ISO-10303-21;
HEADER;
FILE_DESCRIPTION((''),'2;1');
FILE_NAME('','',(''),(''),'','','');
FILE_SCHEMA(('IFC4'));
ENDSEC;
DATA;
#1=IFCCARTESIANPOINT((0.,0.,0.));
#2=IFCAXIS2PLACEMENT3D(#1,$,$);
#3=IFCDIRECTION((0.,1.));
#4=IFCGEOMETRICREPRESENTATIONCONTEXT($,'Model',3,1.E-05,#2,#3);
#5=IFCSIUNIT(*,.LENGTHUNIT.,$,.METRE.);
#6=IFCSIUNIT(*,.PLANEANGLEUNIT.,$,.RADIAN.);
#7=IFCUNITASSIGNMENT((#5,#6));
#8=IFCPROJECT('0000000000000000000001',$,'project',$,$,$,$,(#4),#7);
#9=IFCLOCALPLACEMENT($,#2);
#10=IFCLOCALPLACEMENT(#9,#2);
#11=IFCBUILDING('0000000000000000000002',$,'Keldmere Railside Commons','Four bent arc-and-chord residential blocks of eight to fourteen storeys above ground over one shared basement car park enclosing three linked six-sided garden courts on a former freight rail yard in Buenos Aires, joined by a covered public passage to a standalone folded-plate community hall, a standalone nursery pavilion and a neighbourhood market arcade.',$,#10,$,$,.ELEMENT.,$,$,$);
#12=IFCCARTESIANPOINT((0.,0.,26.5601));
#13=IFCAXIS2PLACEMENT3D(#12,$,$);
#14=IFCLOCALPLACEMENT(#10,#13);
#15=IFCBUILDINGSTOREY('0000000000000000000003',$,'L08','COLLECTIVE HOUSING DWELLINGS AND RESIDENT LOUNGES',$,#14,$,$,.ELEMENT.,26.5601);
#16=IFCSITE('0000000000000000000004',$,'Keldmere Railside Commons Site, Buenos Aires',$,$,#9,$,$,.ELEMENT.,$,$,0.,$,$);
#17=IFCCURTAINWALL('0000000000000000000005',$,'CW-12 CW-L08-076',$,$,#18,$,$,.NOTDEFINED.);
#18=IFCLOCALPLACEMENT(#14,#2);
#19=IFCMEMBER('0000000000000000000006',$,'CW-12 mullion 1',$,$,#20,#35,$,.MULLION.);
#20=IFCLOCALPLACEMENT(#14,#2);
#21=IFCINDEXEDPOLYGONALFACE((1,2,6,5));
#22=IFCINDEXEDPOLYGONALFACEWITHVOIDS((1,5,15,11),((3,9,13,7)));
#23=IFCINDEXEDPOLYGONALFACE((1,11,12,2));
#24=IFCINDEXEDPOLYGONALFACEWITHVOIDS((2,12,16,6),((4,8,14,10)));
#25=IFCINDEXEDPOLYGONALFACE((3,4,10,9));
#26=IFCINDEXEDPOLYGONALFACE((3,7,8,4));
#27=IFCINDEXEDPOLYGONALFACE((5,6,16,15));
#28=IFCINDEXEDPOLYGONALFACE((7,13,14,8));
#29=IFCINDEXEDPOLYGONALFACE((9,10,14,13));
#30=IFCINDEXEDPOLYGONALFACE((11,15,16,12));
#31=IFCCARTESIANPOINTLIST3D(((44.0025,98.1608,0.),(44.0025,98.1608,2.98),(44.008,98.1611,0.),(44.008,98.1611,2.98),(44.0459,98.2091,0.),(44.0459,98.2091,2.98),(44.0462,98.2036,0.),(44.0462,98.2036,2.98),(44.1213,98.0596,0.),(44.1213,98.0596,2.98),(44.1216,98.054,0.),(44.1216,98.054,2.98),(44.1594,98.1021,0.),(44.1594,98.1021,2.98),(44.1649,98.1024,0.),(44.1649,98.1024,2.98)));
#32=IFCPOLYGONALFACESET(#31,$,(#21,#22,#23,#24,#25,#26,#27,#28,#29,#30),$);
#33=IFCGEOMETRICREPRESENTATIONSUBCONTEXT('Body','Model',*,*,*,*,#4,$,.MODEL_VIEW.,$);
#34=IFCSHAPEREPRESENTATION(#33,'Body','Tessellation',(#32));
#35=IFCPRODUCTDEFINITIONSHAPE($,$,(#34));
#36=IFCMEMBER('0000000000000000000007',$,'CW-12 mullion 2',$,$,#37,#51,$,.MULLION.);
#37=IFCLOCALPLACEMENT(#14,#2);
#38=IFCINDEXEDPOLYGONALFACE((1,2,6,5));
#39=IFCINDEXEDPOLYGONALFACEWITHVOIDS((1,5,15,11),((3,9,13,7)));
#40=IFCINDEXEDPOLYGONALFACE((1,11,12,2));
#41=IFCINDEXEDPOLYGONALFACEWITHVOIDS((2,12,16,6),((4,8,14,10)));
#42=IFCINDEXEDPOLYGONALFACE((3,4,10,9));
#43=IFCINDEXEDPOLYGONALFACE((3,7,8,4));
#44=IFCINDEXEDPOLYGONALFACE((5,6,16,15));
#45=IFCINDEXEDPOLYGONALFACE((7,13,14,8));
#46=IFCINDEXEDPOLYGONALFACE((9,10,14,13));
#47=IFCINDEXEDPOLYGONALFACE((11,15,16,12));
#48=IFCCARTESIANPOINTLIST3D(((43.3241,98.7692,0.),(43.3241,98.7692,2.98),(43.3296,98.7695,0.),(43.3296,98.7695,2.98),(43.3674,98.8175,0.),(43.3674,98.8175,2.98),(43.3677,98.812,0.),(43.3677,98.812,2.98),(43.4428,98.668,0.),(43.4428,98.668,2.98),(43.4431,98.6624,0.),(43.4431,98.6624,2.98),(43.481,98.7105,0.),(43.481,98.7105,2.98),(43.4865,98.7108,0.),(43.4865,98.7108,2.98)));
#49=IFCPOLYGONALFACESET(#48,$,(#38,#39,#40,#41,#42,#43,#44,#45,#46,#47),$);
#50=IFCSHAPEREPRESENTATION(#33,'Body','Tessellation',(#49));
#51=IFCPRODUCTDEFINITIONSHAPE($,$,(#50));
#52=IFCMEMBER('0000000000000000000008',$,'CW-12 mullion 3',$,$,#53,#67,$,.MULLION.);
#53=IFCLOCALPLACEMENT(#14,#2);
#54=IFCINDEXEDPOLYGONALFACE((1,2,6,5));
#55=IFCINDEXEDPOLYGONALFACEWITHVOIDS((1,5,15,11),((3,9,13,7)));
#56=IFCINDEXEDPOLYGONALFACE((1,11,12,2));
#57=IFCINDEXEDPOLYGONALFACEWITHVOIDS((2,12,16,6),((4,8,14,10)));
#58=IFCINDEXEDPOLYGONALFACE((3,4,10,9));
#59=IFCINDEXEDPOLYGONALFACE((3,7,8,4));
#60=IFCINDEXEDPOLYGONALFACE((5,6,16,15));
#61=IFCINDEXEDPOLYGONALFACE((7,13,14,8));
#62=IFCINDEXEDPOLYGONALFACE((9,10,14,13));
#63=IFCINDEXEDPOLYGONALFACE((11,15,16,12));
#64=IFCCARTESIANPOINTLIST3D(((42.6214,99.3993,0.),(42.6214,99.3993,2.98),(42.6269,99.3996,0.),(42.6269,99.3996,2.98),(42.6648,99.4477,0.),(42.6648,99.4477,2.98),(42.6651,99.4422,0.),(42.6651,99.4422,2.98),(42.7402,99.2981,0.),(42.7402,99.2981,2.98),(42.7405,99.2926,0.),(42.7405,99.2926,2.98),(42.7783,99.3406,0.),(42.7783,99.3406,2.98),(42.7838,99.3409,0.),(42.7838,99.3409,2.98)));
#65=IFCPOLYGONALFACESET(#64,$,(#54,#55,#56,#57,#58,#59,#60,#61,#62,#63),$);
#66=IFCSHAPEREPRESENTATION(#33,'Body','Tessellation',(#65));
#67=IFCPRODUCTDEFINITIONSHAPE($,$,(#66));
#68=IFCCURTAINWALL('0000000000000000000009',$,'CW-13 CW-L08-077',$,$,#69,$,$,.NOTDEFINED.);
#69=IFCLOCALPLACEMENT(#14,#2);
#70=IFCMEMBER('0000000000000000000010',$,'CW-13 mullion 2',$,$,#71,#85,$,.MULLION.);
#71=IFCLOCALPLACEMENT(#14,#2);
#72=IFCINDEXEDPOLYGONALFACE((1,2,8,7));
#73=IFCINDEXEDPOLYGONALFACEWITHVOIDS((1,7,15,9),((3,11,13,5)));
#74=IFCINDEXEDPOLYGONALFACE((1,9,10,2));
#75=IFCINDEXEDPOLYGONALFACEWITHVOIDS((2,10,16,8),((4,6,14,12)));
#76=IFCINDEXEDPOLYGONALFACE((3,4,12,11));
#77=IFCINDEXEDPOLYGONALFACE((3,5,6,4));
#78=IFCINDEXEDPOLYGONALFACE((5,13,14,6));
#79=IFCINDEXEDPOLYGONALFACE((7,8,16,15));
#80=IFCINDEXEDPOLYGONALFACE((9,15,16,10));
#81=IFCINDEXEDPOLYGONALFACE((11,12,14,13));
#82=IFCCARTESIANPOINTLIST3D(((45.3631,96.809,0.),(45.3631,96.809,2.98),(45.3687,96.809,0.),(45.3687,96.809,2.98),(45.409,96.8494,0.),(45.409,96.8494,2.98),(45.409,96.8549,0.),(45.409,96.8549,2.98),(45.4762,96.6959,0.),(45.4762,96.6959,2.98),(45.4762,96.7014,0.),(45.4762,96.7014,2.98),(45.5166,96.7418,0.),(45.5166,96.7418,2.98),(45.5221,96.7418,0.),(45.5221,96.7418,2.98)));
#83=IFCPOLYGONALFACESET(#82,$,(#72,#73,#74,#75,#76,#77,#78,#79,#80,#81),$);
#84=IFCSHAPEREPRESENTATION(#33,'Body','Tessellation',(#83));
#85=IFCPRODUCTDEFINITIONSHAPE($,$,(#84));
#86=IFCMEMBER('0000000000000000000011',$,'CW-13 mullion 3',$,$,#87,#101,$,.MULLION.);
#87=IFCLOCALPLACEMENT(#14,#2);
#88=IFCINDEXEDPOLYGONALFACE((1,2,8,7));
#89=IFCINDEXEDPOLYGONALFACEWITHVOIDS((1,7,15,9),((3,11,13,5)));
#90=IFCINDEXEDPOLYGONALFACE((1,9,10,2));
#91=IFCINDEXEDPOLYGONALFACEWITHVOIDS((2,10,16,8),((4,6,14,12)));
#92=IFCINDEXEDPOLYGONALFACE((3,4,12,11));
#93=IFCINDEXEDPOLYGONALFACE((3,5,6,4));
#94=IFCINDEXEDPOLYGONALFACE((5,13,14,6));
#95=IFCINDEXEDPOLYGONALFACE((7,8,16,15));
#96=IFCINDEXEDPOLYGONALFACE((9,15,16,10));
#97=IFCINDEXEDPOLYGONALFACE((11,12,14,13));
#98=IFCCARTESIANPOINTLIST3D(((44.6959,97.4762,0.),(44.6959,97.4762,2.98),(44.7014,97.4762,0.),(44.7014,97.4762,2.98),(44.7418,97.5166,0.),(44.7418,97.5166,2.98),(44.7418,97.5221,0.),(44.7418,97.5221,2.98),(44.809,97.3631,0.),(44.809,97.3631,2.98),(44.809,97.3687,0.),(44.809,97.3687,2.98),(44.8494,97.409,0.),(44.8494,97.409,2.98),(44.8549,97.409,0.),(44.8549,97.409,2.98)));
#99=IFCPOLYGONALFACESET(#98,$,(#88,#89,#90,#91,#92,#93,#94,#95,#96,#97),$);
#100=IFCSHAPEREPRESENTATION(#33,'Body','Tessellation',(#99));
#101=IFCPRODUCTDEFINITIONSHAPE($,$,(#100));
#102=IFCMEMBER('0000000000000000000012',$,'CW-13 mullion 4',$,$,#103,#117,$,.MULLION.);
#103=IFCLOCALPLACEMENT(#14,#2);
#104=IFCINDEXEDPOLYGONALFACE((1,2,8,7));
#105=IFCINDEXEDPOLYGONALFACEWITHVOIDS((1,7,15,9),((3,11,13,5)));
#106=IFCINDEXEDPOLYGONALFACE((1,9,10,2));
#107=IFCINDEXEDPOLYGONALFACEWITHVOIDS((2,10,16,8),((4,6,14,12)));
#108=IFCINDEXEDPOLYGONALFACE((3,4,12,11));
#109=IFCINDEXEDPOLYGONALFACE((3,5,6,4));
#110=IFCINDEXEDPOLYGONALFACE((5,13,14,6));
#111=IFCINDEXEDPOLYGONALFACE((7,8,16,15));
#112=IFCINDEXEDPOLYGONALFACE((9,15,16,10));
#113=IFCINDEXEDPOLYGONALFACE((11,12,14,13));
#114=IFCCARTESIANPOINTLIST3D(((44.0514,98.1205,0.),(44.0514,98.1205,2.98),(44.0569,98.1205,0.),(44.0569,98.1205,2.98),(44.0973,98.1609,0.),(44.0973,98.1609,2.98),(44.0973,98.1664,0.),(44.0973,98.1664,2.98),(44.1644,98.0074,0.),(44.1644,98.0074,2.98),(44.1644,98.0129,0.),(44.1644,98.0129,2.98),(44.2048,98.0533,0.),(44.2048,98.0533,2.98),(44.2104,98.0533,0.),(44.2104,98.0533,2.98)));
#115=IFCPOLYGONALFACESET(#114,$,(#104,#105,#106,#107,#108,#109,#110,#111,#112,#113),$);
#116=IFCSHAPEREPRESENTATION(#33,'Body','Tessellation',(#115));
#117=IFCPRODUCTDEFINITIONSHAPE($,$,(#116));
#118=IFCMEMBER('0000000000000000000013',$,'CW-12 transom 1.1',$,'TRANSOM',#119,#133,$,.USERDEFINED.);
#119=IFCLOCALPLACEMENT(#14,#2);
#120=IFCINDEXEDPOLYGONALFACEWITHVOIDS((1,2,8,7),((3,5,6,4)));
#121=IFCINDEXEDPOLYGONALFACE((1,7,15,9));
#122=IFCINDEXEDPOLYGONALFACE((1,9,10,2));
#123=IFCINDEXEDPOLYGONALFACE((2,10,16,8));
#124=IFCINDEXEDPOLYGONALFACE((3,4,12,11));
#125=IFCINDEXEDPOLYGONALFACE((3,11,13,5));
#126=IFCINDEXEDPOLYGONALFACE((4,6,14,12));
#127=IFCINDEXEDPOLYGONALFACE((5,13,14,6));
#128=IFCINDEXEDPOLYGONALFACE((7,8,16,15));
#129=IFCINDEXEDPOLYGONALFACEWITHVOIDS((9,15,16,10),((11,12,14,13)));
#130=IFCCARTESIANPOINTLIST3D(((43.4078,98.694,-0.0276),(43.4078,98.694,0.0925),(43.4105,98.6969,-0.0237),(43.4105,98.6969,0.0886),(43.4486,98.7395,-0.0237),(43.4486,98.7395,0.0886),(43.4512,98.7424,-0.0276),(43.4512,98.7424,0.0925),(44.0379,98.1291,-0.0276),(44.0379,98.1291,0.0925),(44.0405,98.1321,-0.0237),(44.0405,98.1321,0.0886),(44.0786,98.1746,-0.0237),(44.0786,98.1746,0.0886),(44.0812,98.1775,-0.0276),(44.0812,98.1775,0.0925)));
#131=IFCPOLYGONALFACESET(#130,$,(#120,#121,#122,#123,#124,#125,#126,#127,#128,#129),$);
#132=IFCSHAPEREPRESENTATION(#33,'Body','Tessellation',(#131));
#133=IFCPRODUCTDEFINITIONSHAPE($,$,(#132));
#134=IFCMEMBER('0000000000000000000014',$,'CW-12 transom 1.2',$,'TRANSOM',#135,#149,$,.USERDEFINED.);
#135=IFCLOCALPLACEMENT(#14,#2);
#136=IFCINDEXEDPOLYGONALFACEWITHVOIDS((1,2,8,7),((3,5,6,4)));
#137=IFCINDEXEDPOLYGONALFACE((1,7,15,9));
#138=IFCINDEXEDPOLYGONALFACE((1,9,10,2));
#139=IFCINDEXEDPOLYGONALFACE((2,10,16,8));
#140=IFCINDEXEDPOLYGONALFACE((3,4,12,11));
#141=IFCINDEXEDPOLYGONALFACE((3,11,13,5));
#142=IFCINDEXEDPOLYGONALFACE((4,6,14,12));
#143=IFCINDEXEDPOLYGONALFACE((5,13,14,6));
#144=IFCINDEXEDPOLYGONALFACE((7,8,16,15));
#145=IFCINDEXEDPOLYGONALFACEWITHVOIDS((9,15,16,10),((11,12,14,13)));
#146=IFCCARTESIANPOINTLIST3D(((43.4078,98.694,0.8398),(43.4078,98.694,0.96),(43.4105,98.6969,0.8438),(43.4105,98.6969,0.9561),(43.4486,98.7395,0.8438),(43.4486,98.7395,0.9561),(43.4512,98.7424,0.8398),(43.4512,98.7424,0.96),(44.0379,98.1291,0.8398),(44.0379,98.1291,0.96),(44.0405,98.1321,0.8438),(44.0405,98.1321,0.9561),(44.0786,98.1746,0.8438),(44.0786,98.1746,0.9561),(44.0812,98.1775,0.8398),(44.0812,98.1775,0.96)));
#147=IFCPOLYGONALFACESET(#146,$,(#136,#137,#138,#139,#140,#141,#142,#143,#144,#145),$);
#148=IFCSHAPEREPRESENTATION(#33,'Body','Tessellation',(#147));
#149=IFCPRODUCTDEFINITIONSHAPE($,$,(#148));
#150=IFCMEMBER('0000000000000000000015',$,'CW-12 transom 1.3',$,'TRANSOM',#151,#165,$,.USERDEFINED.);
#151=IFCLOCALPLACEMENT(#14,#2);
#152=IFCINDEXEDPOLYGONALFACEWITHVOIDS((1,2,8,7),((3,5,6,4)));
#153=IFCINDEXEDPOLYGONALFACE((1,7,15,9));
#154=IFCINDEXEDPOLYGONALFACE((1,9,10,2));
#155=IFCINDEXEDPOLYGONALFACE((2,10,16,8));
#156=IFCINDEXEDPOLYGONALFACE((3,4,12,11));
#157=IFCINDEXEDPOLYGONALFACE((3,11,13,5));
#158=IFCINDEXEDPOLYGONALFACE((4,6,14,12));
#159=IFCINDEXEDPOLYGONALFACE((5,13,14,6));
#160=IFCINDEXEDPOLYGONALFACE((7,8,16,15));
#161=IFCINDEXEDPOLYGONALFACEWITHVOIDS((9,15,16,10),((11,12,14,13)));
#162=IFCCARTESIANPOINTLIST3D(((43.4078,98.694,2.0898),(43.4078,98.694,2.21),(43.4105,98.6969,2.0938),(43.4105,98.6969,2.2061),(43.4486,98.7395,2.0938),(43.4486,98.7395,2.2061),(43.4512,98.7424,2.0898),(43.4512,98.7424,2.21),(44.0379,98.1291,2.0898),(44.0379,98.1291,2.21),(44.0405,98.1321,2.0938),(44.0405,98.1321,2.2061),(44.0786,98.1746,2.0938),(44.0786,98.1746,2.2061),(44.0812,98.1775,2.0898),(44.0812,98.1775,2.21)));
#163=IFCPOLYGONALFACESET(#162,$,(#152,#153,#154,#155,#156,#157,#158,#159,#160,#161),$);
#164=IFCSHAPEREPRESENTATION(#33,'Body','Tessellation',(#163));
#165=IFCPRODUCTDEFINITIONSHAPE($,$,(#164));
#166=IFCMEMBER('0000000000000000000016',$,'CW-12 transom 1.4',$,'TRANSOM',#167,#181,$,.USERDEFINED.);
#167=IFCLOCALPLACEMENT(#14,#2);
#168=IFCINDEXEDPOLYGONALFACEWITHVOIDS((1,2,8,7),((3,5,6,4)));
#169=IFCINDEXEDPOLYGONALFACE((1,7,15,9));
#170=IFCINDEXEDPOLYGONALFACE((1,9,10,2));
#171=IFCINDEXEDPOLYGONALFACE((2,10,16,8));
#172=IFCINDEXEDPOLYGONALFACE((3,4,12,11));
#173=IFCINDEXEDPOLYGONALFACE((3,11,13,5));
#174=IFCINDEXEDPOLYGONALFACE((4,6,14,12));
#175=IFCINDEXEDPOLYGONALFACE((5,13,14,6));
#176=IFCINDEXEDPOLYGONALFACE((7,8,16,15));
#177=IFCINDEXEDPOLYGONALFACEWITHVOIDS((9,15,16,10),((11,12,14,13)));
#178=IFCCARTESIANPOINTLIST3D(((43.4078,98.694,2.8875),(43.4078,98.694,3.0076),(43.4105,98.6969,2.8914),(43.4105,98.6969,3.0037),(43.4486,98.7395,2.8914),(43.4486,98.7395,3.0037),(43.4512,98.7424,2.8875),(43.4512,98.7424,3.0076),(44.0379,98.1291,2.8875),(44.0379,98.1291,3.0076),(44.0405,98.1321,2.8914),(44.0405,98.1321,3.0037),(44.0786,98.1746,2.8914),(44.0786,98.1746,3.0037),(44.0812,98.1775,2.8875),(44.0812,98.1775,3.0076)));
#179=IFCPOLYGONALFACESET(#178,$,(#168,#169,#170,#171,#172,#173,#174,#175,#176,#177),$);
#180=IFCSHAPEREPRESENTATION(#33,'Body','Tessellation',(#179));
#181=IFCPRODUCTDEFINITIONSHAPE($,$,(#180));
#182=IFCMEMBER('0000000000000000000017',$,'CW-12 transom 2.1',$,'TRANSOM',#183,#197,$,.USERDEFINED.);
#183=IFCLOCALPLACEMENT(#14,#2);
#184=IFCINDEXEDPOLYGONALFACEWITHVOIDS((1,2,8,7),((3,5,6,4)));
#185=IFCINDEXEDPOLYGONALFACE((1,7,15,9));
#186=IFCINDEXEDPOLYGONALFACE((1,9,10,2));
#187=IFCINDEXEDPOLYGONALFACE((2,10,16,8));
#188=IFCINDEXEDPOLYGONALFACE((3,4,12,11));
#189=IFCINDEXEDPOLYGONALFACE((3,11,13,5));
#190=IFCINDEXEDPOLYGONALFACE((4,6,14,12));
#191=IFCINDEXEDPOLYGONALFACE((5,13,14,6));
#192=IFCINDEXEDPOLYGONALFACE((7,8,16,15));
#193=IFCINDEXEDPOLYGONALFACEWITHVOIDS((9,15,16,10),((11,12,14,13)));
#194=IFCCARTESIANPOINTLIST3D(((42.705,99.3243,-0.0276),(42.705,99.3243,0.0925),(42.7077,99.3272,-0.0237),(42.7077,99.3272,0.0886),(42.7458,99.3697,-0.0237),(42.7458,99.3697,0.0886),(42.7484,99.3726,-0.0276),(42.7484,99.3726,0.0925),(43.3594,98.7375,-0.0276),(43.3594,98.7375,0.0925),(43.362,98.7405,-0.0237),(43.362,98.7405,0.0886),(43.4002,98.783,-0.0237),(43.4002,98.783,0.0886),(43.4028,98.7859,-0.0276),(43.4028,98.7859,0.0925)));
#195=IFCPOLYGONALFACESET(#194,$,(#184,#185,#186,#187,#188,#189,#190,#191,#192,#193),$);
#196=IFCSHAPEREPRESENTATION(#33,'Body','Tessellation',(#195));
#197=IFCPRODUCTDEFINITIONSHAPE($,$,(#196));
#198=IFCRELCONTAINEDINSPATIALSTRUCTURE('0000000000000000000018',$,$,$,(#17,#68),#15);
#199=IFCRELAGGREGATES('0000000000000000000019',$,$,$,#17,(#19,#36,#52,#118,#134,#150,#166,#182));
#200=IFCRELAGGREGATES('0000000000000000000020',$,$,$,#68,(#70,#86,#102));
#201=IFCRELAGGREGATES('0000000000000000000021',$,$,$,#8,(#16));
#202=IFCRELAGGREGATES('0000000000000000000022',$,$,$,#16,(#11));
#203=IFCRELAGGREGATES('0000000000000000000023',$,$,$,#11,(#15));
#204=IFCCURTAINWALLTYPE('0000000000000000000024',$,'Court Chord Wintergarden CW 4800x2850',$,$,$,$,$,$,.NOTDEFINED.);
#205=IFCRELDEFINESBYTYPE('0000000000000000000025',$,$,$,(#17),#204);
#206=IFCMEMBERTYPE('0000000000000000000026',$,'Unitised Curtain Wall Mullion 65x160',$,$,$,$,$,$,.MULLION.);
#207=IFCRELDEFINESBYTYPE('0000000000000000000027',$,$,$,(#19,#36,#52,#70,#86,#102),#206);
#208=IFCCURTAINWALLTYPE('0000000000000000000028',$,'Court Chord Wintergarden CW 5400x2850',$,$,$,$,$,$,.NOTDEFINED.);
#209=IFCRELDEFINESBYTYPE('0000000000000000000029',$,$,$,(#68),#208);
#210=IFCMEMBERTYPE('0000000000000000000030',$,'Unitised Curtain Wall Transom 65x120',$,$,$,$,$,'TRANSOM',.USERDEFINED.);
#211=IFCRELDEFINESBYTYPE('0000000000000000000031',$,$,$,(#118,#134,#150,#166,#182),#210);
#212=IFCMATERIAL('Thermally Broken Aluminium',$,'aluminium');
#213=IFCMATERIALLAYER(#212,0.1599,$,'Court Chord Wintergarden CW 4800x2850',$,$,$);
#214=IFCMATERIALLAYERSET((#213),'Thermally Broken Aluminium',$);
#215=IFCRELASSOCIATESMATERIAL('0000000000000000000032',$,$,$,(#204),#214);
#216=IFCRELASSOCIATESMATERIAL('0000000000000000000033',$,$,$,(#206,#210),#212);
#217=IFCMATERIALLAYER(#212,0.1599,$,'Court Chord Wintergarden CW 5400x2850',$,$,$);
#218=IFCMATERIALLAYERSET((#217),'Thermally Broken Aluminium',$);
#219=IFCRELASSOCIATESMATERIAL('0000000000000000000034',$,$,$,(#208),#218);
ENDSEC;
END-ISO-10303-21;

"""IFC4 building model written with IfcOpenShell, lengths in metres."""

from ifc_helpers import new_model, si_unit, direction, frame, origin, origin_2d, place, context, subcontext, project, spatial, hollow_rectangle, extrude, material, layer, layer_set, material_profile, profile_set, type_object, element, aggregate, save


model = new_model("IFC4")

# Units and contexts
model_context = context("Model", 3, precision=1e-05, world=origin(), true_north=direction((0.0, 1.0)))
body_context = subcontext(model_context, "Body", "Model", "MODEL_VIEW")
ifc_project = project(units=[si_unit("LENGTHUNIT", "METRE"), si_unit("PLANEANGLEUNIT", "RADIAN")], contexts=[model_context])

# Site, building, storey
site_placement = place(None, origin())
site = spatial("IfcSite", under=ifc_project, at=site_placement, Name="Keldmere Railside Commons Site, Buenos Aires", CompositionType="ELEMENT", RefElevation=0.0)
building_placement = place(site_placement, origin())
building = spatial("IfcBuilding", under=site, at=building_placement, Name="Keldmere Railside Commons", Description="Four bent arc-and-chord residential blocks of eight to fourteen storeys above ground over one shared basement car park enclosing three linked six-sided garden courts on a former freight rail yard in Buenos Aires, joined by a covered public passage to a standalone folded-plate community hall, a standalone nursery pavilion and a neighbourhood market arcade.", CompositionType="ELEMENT")
storey_placement = place(building_placement, frame((0.0, 0.0, 26.5601)))
storey = spatial("IfcBuildingStorey", under=building, at=storey_placement, Name="L08", Description="COLLECTIVE HOUSING DWELLINGS AND RESIDENT LOUNGES", CompositionType="ELEMENT", Elevation=26.5601)

# Curtain walls, members
ifc_material_1 = material(Name="Thermally Broken Aluminium", Category="aluminium")
ifc_layer_1 = layer(ifc_material_1, 0.1599, Name="Court Chord Wintergarden CW 4800x2850")
ifc_layer_set_1 = layer_set([ifc_layer_1], Name="Thermally Broken Aluminium")
curtain_wall_type_1 = type_object("IfcCurtainWallType", Name="Court Chord Wintergarden CW 4800x2850", PredefinedType="NOTDEFINED", material=ifc_layer_set_1)
curtain_wall_1_placement = place(storey_placement, origin())
curtain_wall_1 = element("IfcCurtainWall", 1, at=curtain_wall_1_placement, inside=storey, type_object=curtain_wall_type_1, Name="CW-12 CW-L08-076", PredefinedType="NOTDEFINED")
ifc_material_profile_1 = material_profile(ifc_material_1, hollow_rectangle(XDim=0.0649, YDim=0.1599, WallThickness=0.0039, at=origin_2d()), Name="ALU-MULL-65x160")
ifc_profile_set_1 = profile_set([ifc_material_profile_1], Name="Thermally Broken Aluminium")
member_type_1 = type_object("IfcMemberType", Name="Unitised Curtain Wall Mullion 65x160", PredefinedType="MULLION", material=ifc_profile_set_1)
member_1_placement = place(storey_placement, frame((44.0837, 98.1316, 0.0), z_axis=(0.0, 0.0, 1.0), x_axis=(-0.667559, -0.744557, 0.0)))
member_1 = element("IfcMember", 2, at=member_1_placement, type_object=member_type_1, Name="CW-12 mullion 1", PredefinedType="MULLION", context=body_context, shape_type="SweptSolid", body=[
    extrude(hollow_rectangle(XDim=0.0649, YDim=0.1599, WallThickness=0.0039, at=origin_2d()), origin(), (0.0, 0.0, 1.0), 2.98),
])
member_2_placement = place(storey_placement, frame((43.4053, 98.74, 0.0), z_axis=(0.0, 0.0, 1.0), x_axis=(-0.667559, -0.744557, 0.0)))
member_2 = element("IfcMember", 3, at=member_2_placement, type_object=member_type_1, Name="CW-12 mullion 2", PredefinedType="MULLION", context=body_context, shape_type="SweptSolid", body=[
    extrude(hollow_rectangle(XDim=0.0649, YDim=0.1599, WallThickness=0.0039, at=origin_2d()), origin(), (0.0, 0.0, 1.0), 2.98),
])
member_3_placement = place(storey_placement, frame((42.7026, 99.3701, 0.0), z_axis=(0.0, 0.0, 1.0), x_axis=(-0.667559, -0.744557, 0.0)))
member_3 = element("IfcMember", 4, at=member_3_placement, type_object=member_type_1, Name="CW-12 mullion 3", PredefinedType="MULLION", context=body_context, shape_type="SweptSolid", body=[
    extrude(hollow_rectangle(XDim=0.0649, YDim=0.1599, WallThickness=0.0039, at=origin_2d()), origin(), (0.0, 0.0, 1.0), 2.98),
])
ifc_layer_2 = layer(ifc_material_1, 0.1599, Name="Court Chord Wintergarden CW 5400x2850")
ifc_layer_set_2 = layer_set([ifc_layer_2], Name="Thermally Broken Aluminium")
curtain_wall_type_2 = type_object("IfcCurtainWallType", Name="Court Chord Wintergarden CW 5400x2850", PredefinedType="NOTDEFINED", material=ifc_layer_set_2)
curtain_wall_2_placement = place(storey_placement, origin())
curtain_wall_2 = element("IfcCurtainWall", 5, at=curtain_wall_2_placement, inside=storey, type_object=curtain_wall_type_2, Name="CW-13 CW-L08-077", PredefinedType="NOTDEFINED")
member_4_placement = place(storey_placement, frame((45.4426, 96.7754, 0.0), z_axis=(0.0, 0.0, 1.0), x_axis=(-0.707107, -0.707107, 0.0)))
member_4 = element("IfcMember", 6, at=member_4_placement, type_object=member_type_1, Name="CW-13 mullion 2", PredefinedType="MULLION", context=body_context, shape_type="SweptSolid", body=[
    extrude(hollow_rectangle(XDim=0.0649, YDim=0.1599, WallThickness=0.0039, at=origin_2d()), origin(), (0.0, 0.0, 1.0), 2.98),
])
member_5_placement = place(storey_placement, frame((44.7754, 97.4426, 0.0), z_axis=(0.0, 0.0, 1.0), x_axis=(-0.707107, -0.707107, 0.0)))
member_5 = element("IfcMember", 7, at=member_5_placement, type_object=member_type_1, Name="CW-13 mullion 3", PredefinedType="MULLION", context=body_context, shape_type="SweptSolid", body=[
    extrude(hollow_rectangle(XDim=0.0649, YDim=0.1599, WallThickness=0.0039, at=origin_2d()), origin(), (0.0, 0.0, 1.0), 2.98),
])
member_6_placement = place(storey_placement, frame((44.1309, 98.0869, 0.0), z_axis=(0.0, 0.0, 1.0), x_axis=(-0.707107, -0.707107, 0.0)))
member_6 = element("IfcMember", 8, at=member_6_placement, type_object=member_type_1, Name="CW-13 mullion 4", PredefinedType="MULLION", context=body_context, shape_type="SweptSolid", body=[
    extrude(hollow_rectangle(XDim=0.0649, YDim=0.1599, WallThickness=0.0039, at=origin_2d()), origin(), (0.0, 0.0, 1.0), 2.98),
])

# Members
ifc_material_profile_2 = material_profile(ifc_material_1, hollow_rectangle(XDim=0.0649, YDim=0.1201, WallThickness=0.0039, at=origin_2d()), Name="ALU-TRAN-65x120")
ifc_profile_set_2 = profile_set([ifc_material_profile_2], Name="Thermally Broken Aluminium")
member_type_2 = type_object("IfcMemberType", Name="Unitised Curtain Wall Transom 65x120", ElementType="TRANSOM", PredefinedType="USERDEFINED", material=ifc_profile_set_2)
member_7_placement = place(storey_placement, frame((44.0596, 98.1533, 0.0325), z_axis=(-0.744569, 0.667545, 0.0), x_axis=(-0.667545, -0.744569, 0.0)))
member_7 = element("IfcMember", 9, at=member_7_placement, type_object=member_type_2, Name="CW-12 transom 1.1", ObjectType="TRANSOM", PredefinedType="USERDEFINED", context=body_context, shape_type="SweptSolid", body=[
    extrude(hollow_rectangle(XDim=0.0649, YDim=0.1201, WallThickness=0.0039, at=origin_2d()), origin(), (0.0, 0.0, 1.0), 0.8462),
])
member_8_placement = place(storey_placement, frame((44.0596, 98.1533, 0.8999), z_axis=(-0.744569, 0.667545, 0.0), x_axis=(-0.667545, -0.744569, 0.0)))
member_8 = element("IfcMember", 10, at=member_8_placement, type_object=member_type_2, Name="CW-12 transom 1.2", ObjectType="TRANSOM", PredefinedType="USERDEFINED", context=body_context, shape_type="SweptSolid", body=[
    extrude(hollow_rectangle(XDim=0.0649, YDim=0.1201, WallThickness=0.0039, at=origin_2d()), origin(), (0.0, 0.0, 1.0), 0.8462),
])
member_9_placement = place(storey_placement, frame((44.0596, 98.1533, 2.1499), z_axis=(-0.744569, 0.667545, 0.0), x_axis=(-0.667545, -0.744569, 0.0)))
member_9 = element("IfcMember", 11, at=member_9_placement, type_object=member_type_2, Name="CW-12 transom 1.3", ObjectType="TRANSOM", PredefinedType="USERDEFINED", context=body_context, shape_type="SweptSolid", body=[
    extrude(hollow_rectangle(XDim=0.0649, YDim=0.1201, WallThickness=0.0039, at=origin_2d()), origin(), (0.0, 0.0, 1.0), 0.8462),
])
member_10_placement = place(storey_placement, frame((44.0596, 98.1533, 2.9475), z_axis=(-0.744569, 0.667545, 0.0), x_axis=(-0.667545, -0.744569, 0.0)))
member_10 = element("IfcMember", 12, at=member_10_placement, type_object=member_type_2, Name="CW-12 transom 1.4", ObjectType="TRANSOM", PredefinedType="USERDEFINED", context=body_context, shape_type="SweptSolid", body=[
    extrude(hollow_rectangle(XDim=0.0649, YDim=0.1201, WallThickness=0.0039, at=origin_2d()), origin(), (0.0, 0.0, 1.0), 0.8462),
])
member_11_placement = place(storey_placement, frame((43.3811, 98.7617, 0.0325), z_axis=(-0.744536, 0.667582, 0.0), x_axis=(-0.667582, -0.744536, 0.0)))
member_11 = element("IfcMember", 13, at=member_11_placement, type_object=member_type_2, Name="CW-12 transom 2.1", ObjectType="TRANSOM", PredefinedType="USERDEFINED", context=body_context, shape_type="SweptSolid", body=[
    extrude(hollow_rectangle(XDim=0.0649, YDim=0.1201, WallThickness=0.0039, at=origin_2d()), origin(), (0.0, 0.0, 1.0), 0.8789),
])

aggregate(curtain_wall_1, [member_1, member_2, member_3, member_7, member_8, member_9, member_10, member_11])
aggregate(curtain_wall_2, [member_4, member_5, member_6])

save(model, "model.ifc")
